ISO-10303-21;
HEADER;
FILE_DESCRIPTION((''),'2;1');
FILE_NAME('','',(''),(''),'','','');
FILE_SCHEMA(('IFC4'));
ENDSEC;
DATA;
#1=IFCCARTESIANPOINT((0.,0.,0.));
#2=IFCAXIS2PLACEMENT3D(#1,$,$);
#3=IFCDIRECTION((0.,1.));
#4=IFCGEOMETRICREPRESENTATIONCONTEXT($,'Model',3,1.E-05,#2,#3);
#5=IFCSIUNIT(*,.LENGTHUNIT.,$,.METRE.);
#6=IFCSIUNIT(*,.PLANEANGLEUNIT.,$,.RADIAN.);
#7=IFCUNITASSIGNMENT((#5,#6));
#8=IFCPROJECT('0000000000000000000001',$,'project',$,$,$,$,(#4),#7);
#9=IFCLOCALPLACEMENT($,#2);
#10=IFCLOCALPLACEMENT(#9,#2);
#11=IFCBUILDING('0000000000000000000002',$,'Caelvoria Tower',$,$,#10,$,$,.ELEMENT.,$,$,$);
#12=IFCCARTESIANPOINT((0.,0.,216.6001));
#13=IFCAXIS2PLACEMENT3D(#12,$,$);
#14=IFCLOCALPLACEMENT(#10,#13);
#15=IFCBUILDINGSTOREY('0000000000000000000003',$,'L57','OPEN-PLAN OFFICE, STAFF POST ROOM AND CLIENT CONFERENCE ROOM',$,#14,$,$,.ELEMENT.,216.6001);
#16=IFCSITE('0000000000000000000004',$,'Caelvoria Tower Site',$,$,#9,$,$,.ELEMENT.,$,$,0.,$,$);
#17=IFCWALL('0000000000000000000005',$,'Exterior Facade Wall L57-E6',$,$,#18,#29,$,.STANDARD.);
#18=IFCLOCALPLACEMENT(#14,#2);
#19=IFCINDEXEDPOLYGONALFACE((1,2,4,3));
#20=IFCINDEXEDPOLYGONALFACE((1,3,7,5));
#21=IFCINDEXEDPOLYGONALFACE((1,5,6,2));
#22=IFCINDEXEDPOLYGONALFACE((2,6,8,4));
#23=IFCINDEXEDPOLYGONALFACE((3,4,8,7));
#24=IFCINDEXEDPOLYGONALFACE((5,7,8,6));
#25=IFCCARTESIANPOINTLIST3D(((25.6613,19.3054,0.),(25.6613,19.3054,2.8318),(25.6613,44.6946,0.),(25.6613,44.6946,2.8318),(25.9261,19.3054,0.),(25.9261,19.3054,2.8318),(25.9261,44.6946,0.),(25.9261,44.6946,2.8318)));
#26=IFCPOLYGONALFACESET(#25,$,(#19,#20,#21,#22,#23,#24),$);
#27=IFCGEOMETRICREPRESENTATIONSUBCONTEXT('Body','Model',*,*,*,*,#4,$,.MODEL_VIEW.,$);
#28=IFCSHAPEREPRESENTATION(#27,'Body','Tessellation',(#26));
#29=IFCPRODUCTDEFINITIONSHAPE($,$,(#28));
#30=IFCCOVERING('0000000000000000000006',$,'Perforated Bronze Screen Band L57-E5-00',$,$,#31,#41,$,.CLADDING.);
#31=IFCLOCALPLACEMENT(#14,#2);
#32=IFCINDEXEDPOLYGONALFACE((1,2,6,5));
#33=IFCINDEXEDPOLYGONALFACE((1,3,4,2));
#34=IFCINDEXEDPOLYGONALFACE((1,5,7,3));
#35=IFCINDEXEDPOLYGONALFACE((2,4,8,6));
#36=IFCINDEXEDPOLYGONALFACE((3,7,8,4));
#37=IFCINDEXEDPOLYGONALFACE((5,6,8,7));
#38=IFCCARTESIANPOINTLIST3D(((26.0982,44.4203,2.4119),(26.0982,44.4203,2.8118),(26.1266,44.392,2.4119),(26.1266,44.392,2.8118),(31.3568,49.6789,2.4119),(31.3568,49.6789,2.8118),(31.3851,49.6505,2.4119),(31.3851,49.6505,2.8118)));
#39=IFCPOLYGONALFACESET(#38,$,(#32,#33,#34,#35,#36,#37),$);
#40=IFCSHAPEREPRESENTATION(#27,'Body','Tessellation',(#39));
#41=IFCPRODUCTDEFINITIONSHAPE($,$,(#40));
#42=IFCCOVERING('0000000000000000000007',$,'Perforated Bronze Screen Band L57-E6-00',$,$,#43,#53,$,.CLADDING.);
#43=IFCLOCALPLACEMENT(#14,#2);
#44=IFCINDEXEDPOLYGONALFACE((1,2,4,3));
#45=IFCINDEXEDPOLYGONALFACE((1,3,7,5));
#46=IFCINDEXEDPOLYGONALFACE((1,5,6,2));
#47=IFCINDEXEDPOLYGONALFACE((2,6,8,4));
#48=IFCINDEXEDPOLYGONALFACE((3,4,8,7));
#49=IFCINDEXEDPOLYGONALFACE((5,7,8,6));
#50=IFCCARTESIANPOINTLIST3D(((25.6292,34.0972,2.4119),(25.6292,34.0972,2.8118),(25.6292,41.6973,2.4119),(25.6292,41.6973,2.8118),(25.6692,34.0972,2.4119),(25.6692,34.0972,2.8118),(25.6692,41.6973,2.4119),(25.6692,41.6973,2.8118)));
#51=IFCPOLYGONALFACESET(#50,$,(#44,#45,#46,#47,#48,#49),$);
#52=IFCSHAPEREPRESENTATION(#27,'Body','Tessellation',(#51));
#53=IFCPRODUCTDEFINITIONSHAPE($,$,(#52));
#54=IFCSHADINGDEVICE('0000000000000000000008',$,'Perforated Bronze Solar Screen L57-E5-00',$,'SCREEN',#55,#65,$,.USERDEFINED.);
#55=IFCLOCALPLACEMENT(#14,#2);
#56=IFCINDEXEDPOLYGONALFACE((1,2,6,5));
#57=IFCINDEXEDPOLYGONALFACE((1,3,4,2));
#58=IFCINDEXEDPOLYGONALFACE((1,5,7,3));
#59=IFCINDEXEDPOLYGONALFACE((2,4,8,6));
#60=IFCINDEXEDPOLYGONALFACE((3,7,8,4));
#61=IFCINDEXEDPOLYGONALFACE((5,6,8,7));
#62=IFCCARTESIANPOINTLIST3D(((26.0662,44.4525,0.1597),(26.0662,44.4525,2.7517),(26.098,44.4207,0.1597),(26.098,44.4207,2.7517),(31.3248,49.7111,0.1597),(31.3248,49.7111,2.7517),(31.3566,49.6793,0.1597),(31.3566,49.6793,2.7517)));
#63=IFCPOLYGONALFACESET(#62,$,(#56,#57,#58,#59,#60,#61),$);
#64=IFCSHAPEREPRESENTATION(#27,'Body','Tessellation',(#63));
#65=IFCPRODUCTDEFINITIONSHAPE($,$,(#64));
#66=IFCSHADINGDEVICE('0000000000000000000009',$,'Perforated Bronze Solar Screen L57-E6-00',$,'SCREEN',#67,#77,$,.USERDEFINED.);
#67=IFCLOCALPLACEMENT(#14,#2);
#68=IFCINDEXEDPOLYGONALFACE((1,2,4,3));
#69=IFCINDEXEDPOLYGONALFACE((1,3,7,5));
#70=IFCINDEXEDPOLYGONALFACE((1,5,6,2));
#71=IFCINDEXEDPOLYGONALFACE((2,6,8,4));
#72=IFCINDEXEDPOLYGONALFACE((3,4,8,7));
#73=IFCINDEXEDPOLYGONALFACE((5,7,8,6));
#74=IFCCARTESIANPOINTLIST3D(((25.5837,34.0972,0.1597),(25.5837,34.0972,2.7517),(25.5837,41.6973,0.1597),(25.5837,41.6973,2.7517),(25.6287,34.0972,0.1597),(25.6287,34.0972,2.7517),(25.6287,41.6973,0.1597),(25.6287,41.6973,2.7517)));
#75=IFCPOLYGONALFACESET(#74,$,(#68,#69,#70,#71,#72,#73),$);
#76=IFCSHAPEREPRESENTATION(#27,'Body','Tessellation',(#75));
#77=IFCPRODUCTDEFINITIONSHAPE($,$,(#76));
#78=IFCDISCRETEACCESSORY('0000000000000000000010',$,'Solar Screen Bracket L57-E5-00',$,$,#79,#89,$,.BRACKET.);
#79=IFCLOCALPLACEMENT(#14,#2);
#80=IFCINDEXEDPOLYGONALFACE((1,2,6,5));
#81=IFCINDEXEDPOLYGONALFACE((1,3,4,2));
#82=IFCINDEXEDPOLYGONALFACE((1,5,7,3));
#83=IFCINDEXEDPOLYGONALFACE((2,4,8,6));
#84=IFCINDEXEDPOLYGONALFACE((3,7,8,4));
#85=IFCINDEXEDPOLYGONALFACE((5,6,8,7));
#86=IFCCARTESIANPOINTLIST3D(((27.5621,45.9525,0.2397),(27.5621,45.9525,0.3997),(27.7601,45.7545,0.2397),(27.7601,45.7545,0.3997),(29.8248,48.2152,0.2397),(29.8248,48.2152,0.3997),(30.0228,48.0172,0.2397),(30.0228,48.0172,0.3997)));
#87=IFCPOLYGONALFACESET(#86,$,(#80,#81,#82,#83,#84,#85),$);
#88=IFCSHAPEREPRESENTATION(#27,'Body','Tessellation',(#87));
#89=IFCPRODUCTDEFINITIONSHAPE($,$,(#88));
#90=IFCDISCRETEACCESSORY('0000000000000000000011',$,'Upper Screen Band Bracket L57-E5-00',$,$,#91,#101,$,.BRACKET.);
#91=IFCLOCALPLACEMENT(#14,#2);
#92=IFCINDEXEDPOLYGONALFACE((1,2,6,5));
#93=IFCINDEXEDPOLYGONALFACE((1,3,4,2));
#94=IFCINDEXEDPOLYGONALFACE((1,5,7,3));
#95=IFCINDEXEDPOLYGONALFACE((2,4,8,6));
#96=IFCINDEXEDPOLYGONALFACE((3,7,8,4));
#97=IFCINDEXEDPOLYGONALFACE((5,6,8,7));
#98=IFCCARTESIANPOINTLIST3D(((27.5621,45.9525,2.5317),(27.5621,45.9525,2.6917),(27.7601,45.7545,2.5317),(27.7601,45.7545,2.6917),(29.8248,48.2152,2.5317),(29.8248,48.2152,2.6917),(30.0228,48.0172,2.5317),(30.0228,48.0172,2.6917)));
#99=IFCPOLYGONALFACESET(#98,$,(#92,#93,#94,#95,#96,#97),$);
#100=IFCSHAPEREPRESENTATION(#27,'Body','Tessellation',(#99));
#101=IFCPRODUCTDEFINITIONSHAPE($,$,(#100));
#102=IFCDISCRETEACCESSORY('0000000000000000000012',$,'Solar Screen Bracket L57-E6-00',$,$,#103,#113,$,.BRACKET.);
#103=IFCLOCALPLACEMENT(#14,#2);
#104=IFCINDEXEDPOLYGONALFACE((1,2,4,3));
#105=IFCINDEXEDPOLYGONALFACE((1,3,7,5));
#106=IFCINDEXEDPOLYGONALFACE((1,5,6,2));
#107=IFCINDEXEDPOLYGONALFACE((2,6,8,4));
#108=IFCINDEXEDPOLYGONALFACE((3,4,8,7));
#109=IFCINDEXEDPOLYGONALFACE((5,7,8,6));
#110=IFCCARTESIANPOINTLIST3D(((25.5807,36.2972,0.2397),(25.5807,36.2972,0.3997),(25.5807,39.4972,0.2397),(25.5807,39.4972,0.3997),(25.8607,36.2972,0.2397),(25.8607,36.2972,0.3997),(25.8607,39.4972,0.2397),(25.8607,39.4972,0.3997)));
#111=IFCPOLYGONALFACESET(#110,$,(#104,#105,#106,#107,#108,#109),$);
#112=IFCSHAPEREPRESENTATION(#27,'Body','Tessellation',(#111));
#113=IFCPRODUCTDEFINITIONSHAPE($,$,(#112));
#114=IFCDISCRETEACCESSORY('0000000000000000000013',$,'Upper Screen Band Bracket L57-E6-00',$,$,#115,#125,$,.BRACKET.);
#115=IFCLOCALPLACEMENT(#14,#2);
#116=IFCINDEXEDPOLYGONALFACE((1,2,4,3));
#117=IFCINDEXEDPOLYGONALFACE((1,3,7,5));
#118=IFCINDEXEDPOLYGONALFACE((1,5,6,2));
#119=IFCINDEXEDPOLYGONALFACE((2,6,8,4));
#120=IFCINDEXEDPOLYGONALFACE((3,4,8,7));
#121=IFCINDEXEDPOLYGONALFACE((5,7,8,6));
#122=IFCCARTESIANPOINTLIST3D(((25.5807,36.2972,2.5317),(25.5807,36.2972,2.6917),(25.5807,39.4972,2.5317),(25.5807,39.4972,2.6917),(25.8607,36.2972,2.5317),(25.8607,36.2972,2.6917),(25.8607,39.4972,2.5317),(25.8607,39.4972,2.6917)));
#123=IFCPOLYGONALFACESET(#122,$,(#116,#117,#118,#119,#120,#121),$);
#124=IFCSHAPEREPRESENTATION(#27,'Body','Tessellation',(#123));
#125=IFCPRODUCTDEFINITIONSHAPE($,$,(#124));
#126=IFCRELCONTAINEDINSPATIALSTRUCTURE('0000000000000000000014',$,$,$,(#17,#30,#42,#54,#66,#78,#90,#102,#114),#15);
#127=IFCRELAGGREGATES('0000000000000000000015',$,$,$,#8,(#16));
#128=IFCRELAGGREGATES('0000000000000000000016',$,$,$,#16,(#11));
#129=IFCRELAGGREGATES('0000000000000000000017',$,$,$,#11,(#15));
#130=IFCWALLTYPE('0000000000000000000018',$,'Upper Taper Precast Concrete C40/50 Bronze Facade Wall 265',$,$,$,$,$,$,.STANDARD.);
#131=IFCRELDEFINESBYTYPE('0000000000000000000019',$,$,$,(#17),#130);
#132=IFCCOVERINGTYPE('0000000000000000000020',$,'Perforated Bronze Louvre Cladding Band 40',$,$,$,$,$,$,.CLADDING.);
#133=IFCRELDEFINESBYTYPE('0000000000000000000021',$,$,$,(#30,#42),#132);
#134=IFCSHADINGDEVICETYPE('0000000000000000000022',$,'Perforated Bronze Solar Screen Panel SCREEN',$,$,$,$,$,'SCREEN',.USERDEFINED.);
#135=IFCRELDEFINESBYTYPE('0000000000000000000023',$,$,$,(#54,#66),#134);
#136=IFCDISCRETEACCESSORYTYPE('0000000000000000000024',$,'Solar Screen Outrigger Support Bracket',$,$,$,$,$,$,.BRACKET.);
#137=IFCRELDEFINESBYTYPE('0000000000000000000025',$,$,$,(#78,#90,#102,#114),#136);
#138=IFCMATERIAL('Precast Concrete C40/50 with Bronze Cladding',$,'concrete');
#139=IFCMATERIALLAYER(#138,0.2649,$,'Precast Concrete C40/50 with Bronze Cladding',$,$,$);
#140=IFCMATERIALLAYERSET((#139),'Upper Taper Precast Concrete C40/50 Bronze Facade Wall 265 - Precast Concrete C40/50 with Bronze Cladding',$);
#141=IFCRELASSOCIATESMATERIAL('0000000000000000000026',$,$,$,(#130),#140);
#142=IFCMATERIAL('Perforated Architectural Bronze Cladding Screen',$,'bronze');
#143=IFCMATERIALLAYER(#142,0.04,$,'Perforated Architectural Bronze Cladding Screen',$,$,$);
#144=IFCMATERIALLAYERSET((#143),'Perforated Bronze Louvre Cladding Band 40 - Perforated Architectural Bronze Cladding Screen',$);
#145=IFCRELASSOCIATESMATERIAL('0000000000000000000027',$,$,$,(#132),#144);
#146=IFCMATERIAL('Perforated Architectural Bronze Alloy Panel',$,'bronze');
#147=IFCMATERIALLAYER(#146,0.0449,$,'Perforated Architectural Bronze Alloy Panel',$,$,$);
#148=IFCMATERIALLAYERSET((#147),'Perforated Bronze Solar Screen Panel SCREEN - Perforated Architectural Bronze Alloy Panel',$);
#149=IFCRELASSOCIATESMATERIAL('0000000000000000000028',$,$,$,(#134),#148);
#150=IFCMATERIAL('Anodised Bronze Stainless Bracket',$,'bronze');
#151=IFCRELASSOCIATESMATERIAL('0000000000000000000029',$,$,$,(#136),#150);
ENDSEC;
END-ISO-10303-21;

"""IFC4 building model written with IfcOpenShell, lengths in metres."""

from ifc_helpers import new_model, si_unit, direction, frame, frame_2d, origin, origin_2d, place, context, subcontext, project, spatial, rectangle, extrude, material, layer, layer_set, type_object, element, save


model = new_model("IFC4")

# Units and contexts
model_context = context("Model", 3, precision=1e-05, world=origin(), true_north=direction((0.0, 1.0)))
body_context = subcontext(model_context, "Body", "Model", "MODEL_VIEW")
ifc_project = project(units=[si_unit("LENGTHUNIT", "METRE"), si_unit("PLANEANGLEUNIT", "RADIAN")], contexts=[model_context])

# Site, building, storey
site_placement = place(None, origin())
site = spatial("IfcSite", under=ifc_project, at=site_placement, Name="Caelvoria Tower Site", CompositionType="ELEMENT", RefElevation=0.0)
building_placement = place(site_placement, origin())
building = spatial("IfcBuilding", under=site, at=building_placement, Name="Caelvoria Tower", CompositionType="ELEMENT")
storey_placement = place(building_placement, frame((0.0, 0.0, 216.6001)))
storey = spatial("IfcBuildingStorey", under=building, at=storey_placement, Name="L57", Description="OPEN-PLAN OFFICE, STAFF POST ROOM AND CLIENT CONFERENCE ROOM", CompositionType="ELEMENT", Elevation=216.6001)

# Wall
ifc_material_1 = material(Name="Precast Concrete C40/50 with Bronze Cladding", Category="concrete")
ifc_layer_1 = layer(ifc_material_1, 0.2649, Name="Precast Concrete C40/50 with Bronze Cladding")
ifc_layer_set_1 = layer_set([ifc_layer_1], Name="Upper Taper Precast Concrete C40/50 Bronze Facade Wall 265 - Precast Concrete C40/50 with Bronze Cladding")
wall_type = type_object("IfcWallType", Name="Upper Taper Precast Concrete C40/50 Bronze Facade Wall 265", PredefinedType="STANDARD", material=ifc_layer_set_1)
wall_1_placement = place(storey_placement, frame((25.7937, 44.6946, 0.0), z_axis=(0.0, 0.0, 1.0), x_axis=(0.0, -1.0, 0.0)))
element("IfcWall", 1, at=wall_1_placement, inside=storey, type_object=wall_type, Name="Exterior Facade Wall L57-E6", PredefinedType="STANDARD", context=body_context, shape_type="SweptSolid", body=[
    extrude(rectangle(XDim=25.3892, YDim=0.2649, at=frame_2d((12.6946, 0.0))), origin(), (0.0, 0.0, 1.0), 2.8318),
])

# Coverings
ifc_material_2 = material(Name="Perforated Architectural Bronze Cladding Screen", Category="bronze")
ifc_layer_2 = layer(ifc_material_2, 0.04, Name="Perforated Architectural Bronze Cladding Screen")
ifc_layer_set_2 = layer_set([ifc_layer_2], Name="Perforated Bronze Louvre Cladding Band 40 - Perforated Architectural Bronze Cladding Screen")
covering_type = type_object("IfcCoveringType", Name="Perforated Bronze Louvre Cladding Band 40", PredefinedType="CLADDING", material=ifc_layer_set_2)
covering_1_placement = place(storey_placement, frame((28.7417, 47.0354, 2.4119), z_axis=(0.0, 0.0, 1.0), x_axis=(-0.707107, -0.707107, 0.0)))
element("IfcCovering", 2, at=covering_1_placement, inside=storey, type_object=covering_type, Name="Perforated Bronze Screen Band L57-E5-00", PredefinedType="CLADDING", context=body_context, shape_type="SweptSolid", body=[
    extrude(rectangle(XDim=7.4368, YDim=0.04, at=origin_2d()), origin(), (0.0, 0.0, 1.0), 0.3999),
])
covering_2_placement = place(storey_placement, frame((25.6492, 37.8972, 2.4119), z_axis=(0.0, 0.0, 1.0), x_axis=(0.0, -1.0, 0.0)))
element("IfcCovering", 3, at=covering_2_placement, inside=storey, type_object=covering_type, Name="Perforated Bronze Screen Band L57-E6-00", PredefinedType="CLADDING", context=body_context, shape_type="SweptSolid", body=[
    extrude(rectangle(XDim=7.6001, YDim=0.04, at=origin_2d()), origin(), (0.0, 0.0, 1.0), 0.3999),
])

# Shading devices
ifc_material_3 = material(Name="Perforated Architectural Bronze Alloy Panel", Category="bronze")
ifc_layer_3 = layer(ifc_material_3, 0.0449, Name="Perforated Architectural Bronze Alloy Panel")
ifc_layer_set_3 = layer_set([ifc_layer_3], Name="Perforated Bronze Solar Screen Panel SCREEN - Perforated Architectural Bronze Alloy Panel")
shading_device_type = type_object("IfcShadingDeviceType", Name="Perforated Bronze Solar Screen Panel SCREEN", ElementType="SCREEN", PredefinedType="USERDEFINED", material=ifc_layer_set_3)
shading_device_1_placement = place(storey_placement, frame((28.7114, 47.0659, 0.1597), z_axis=(0.0, 0.0, 1.0), x_axis=(-0.707107, -0.707107, 0.0)))
element("IfcShadingDevice", 4, at=shading_device_1_placement, inside=storey, type_object=shading_device_type, Name="Perforated Bronze Solar Screen L57-E5-00", ObjectType="SCREEN", PredefinedType="USERDEFINED", context=body_context, shape_type="SweptSolid", body=[
    extrude(rectangle(XDim=7.4368, YDim=0.0449, at=origin_2d()), origin(), (0.0, 0.0, 1.0), 2.592),
])
shading_device_2_placement = place(storey_placement, frame((25.6062, 37.8972, 0.1597), z_axis=(0.0, 0.0, 1.0), x_axis=(0.0, -1.0, 0.0)))
element("IfcShadingDevice", 5, at=shading_device_2_placement, inside=storey, type_object=shading_device_type, Name="Perforated Bronze Solar Screen L57-E6-00", ObjectType="SCREEN", PredefinedType="USERDEFINED", context=body_context, shape_type="SweptSolid", body=[
    extrude(rectangle(XDim=7.6001, YDim=0.0449, at=origin_2d()), origin(), (0.0, 0.0, 1.0), 2.592),
])

# Discrete accessories
ifc_material_4 = material(Name="Anodised Bronze Stainless Bracket", Category="bronze")
discrete_accessory_type = type_object("IfcDiscreteAccessoryType", Name="Solar Screen Outrigger Support Bracket", PredefinedType="BRACKET", material=ifc_material_4)
for number, where, z_axis, x_axis, name in (
    (6, (28.7925, 46.9849, 0.2397), (0.0, 0.0, 1.0), (-0.707107, -0.707107, 0.0), "Solar Screen Bracket L57-E5-00"),
    (7, (28.7925, 46.9849, 2.5317), (0.0, 0.0, 1.0), (-0.707107, -0.707107, 0.0), "Upper Screen Band Bracket L57-E5-00"),
    (8, (25.7207, 37.8972, 0.2397), (0.0, 0.0, 1.0), (0.0, -1.0, 0.0), "Solar Screen Bracket L57-E6-00"),
    (9, (25.7207, 37.8972, 2.5317), (0.0, 0.0, 1.0), (0.0, -1.0, 0.0), "Upper Screen Band Bracket L57-E6-00"),
):
    element("IfcDiscreteAccessory", number, at=place(storey_placement, frame(where, z_axis=z_axis, x_axis=x_axis)), inside=storey, type_object=discrete_accessory_type, Name=name, PredefinedType="BRACKET", context=body_context, shape_type="SweptSolid", body=[
        extrude(rectangle(XDim=3.2, YDim=0.28, at=origin_2d()), origin(), (0.0, 0.0, 1.0), 0.1599),
    ])

save(model, "model.ifc")
